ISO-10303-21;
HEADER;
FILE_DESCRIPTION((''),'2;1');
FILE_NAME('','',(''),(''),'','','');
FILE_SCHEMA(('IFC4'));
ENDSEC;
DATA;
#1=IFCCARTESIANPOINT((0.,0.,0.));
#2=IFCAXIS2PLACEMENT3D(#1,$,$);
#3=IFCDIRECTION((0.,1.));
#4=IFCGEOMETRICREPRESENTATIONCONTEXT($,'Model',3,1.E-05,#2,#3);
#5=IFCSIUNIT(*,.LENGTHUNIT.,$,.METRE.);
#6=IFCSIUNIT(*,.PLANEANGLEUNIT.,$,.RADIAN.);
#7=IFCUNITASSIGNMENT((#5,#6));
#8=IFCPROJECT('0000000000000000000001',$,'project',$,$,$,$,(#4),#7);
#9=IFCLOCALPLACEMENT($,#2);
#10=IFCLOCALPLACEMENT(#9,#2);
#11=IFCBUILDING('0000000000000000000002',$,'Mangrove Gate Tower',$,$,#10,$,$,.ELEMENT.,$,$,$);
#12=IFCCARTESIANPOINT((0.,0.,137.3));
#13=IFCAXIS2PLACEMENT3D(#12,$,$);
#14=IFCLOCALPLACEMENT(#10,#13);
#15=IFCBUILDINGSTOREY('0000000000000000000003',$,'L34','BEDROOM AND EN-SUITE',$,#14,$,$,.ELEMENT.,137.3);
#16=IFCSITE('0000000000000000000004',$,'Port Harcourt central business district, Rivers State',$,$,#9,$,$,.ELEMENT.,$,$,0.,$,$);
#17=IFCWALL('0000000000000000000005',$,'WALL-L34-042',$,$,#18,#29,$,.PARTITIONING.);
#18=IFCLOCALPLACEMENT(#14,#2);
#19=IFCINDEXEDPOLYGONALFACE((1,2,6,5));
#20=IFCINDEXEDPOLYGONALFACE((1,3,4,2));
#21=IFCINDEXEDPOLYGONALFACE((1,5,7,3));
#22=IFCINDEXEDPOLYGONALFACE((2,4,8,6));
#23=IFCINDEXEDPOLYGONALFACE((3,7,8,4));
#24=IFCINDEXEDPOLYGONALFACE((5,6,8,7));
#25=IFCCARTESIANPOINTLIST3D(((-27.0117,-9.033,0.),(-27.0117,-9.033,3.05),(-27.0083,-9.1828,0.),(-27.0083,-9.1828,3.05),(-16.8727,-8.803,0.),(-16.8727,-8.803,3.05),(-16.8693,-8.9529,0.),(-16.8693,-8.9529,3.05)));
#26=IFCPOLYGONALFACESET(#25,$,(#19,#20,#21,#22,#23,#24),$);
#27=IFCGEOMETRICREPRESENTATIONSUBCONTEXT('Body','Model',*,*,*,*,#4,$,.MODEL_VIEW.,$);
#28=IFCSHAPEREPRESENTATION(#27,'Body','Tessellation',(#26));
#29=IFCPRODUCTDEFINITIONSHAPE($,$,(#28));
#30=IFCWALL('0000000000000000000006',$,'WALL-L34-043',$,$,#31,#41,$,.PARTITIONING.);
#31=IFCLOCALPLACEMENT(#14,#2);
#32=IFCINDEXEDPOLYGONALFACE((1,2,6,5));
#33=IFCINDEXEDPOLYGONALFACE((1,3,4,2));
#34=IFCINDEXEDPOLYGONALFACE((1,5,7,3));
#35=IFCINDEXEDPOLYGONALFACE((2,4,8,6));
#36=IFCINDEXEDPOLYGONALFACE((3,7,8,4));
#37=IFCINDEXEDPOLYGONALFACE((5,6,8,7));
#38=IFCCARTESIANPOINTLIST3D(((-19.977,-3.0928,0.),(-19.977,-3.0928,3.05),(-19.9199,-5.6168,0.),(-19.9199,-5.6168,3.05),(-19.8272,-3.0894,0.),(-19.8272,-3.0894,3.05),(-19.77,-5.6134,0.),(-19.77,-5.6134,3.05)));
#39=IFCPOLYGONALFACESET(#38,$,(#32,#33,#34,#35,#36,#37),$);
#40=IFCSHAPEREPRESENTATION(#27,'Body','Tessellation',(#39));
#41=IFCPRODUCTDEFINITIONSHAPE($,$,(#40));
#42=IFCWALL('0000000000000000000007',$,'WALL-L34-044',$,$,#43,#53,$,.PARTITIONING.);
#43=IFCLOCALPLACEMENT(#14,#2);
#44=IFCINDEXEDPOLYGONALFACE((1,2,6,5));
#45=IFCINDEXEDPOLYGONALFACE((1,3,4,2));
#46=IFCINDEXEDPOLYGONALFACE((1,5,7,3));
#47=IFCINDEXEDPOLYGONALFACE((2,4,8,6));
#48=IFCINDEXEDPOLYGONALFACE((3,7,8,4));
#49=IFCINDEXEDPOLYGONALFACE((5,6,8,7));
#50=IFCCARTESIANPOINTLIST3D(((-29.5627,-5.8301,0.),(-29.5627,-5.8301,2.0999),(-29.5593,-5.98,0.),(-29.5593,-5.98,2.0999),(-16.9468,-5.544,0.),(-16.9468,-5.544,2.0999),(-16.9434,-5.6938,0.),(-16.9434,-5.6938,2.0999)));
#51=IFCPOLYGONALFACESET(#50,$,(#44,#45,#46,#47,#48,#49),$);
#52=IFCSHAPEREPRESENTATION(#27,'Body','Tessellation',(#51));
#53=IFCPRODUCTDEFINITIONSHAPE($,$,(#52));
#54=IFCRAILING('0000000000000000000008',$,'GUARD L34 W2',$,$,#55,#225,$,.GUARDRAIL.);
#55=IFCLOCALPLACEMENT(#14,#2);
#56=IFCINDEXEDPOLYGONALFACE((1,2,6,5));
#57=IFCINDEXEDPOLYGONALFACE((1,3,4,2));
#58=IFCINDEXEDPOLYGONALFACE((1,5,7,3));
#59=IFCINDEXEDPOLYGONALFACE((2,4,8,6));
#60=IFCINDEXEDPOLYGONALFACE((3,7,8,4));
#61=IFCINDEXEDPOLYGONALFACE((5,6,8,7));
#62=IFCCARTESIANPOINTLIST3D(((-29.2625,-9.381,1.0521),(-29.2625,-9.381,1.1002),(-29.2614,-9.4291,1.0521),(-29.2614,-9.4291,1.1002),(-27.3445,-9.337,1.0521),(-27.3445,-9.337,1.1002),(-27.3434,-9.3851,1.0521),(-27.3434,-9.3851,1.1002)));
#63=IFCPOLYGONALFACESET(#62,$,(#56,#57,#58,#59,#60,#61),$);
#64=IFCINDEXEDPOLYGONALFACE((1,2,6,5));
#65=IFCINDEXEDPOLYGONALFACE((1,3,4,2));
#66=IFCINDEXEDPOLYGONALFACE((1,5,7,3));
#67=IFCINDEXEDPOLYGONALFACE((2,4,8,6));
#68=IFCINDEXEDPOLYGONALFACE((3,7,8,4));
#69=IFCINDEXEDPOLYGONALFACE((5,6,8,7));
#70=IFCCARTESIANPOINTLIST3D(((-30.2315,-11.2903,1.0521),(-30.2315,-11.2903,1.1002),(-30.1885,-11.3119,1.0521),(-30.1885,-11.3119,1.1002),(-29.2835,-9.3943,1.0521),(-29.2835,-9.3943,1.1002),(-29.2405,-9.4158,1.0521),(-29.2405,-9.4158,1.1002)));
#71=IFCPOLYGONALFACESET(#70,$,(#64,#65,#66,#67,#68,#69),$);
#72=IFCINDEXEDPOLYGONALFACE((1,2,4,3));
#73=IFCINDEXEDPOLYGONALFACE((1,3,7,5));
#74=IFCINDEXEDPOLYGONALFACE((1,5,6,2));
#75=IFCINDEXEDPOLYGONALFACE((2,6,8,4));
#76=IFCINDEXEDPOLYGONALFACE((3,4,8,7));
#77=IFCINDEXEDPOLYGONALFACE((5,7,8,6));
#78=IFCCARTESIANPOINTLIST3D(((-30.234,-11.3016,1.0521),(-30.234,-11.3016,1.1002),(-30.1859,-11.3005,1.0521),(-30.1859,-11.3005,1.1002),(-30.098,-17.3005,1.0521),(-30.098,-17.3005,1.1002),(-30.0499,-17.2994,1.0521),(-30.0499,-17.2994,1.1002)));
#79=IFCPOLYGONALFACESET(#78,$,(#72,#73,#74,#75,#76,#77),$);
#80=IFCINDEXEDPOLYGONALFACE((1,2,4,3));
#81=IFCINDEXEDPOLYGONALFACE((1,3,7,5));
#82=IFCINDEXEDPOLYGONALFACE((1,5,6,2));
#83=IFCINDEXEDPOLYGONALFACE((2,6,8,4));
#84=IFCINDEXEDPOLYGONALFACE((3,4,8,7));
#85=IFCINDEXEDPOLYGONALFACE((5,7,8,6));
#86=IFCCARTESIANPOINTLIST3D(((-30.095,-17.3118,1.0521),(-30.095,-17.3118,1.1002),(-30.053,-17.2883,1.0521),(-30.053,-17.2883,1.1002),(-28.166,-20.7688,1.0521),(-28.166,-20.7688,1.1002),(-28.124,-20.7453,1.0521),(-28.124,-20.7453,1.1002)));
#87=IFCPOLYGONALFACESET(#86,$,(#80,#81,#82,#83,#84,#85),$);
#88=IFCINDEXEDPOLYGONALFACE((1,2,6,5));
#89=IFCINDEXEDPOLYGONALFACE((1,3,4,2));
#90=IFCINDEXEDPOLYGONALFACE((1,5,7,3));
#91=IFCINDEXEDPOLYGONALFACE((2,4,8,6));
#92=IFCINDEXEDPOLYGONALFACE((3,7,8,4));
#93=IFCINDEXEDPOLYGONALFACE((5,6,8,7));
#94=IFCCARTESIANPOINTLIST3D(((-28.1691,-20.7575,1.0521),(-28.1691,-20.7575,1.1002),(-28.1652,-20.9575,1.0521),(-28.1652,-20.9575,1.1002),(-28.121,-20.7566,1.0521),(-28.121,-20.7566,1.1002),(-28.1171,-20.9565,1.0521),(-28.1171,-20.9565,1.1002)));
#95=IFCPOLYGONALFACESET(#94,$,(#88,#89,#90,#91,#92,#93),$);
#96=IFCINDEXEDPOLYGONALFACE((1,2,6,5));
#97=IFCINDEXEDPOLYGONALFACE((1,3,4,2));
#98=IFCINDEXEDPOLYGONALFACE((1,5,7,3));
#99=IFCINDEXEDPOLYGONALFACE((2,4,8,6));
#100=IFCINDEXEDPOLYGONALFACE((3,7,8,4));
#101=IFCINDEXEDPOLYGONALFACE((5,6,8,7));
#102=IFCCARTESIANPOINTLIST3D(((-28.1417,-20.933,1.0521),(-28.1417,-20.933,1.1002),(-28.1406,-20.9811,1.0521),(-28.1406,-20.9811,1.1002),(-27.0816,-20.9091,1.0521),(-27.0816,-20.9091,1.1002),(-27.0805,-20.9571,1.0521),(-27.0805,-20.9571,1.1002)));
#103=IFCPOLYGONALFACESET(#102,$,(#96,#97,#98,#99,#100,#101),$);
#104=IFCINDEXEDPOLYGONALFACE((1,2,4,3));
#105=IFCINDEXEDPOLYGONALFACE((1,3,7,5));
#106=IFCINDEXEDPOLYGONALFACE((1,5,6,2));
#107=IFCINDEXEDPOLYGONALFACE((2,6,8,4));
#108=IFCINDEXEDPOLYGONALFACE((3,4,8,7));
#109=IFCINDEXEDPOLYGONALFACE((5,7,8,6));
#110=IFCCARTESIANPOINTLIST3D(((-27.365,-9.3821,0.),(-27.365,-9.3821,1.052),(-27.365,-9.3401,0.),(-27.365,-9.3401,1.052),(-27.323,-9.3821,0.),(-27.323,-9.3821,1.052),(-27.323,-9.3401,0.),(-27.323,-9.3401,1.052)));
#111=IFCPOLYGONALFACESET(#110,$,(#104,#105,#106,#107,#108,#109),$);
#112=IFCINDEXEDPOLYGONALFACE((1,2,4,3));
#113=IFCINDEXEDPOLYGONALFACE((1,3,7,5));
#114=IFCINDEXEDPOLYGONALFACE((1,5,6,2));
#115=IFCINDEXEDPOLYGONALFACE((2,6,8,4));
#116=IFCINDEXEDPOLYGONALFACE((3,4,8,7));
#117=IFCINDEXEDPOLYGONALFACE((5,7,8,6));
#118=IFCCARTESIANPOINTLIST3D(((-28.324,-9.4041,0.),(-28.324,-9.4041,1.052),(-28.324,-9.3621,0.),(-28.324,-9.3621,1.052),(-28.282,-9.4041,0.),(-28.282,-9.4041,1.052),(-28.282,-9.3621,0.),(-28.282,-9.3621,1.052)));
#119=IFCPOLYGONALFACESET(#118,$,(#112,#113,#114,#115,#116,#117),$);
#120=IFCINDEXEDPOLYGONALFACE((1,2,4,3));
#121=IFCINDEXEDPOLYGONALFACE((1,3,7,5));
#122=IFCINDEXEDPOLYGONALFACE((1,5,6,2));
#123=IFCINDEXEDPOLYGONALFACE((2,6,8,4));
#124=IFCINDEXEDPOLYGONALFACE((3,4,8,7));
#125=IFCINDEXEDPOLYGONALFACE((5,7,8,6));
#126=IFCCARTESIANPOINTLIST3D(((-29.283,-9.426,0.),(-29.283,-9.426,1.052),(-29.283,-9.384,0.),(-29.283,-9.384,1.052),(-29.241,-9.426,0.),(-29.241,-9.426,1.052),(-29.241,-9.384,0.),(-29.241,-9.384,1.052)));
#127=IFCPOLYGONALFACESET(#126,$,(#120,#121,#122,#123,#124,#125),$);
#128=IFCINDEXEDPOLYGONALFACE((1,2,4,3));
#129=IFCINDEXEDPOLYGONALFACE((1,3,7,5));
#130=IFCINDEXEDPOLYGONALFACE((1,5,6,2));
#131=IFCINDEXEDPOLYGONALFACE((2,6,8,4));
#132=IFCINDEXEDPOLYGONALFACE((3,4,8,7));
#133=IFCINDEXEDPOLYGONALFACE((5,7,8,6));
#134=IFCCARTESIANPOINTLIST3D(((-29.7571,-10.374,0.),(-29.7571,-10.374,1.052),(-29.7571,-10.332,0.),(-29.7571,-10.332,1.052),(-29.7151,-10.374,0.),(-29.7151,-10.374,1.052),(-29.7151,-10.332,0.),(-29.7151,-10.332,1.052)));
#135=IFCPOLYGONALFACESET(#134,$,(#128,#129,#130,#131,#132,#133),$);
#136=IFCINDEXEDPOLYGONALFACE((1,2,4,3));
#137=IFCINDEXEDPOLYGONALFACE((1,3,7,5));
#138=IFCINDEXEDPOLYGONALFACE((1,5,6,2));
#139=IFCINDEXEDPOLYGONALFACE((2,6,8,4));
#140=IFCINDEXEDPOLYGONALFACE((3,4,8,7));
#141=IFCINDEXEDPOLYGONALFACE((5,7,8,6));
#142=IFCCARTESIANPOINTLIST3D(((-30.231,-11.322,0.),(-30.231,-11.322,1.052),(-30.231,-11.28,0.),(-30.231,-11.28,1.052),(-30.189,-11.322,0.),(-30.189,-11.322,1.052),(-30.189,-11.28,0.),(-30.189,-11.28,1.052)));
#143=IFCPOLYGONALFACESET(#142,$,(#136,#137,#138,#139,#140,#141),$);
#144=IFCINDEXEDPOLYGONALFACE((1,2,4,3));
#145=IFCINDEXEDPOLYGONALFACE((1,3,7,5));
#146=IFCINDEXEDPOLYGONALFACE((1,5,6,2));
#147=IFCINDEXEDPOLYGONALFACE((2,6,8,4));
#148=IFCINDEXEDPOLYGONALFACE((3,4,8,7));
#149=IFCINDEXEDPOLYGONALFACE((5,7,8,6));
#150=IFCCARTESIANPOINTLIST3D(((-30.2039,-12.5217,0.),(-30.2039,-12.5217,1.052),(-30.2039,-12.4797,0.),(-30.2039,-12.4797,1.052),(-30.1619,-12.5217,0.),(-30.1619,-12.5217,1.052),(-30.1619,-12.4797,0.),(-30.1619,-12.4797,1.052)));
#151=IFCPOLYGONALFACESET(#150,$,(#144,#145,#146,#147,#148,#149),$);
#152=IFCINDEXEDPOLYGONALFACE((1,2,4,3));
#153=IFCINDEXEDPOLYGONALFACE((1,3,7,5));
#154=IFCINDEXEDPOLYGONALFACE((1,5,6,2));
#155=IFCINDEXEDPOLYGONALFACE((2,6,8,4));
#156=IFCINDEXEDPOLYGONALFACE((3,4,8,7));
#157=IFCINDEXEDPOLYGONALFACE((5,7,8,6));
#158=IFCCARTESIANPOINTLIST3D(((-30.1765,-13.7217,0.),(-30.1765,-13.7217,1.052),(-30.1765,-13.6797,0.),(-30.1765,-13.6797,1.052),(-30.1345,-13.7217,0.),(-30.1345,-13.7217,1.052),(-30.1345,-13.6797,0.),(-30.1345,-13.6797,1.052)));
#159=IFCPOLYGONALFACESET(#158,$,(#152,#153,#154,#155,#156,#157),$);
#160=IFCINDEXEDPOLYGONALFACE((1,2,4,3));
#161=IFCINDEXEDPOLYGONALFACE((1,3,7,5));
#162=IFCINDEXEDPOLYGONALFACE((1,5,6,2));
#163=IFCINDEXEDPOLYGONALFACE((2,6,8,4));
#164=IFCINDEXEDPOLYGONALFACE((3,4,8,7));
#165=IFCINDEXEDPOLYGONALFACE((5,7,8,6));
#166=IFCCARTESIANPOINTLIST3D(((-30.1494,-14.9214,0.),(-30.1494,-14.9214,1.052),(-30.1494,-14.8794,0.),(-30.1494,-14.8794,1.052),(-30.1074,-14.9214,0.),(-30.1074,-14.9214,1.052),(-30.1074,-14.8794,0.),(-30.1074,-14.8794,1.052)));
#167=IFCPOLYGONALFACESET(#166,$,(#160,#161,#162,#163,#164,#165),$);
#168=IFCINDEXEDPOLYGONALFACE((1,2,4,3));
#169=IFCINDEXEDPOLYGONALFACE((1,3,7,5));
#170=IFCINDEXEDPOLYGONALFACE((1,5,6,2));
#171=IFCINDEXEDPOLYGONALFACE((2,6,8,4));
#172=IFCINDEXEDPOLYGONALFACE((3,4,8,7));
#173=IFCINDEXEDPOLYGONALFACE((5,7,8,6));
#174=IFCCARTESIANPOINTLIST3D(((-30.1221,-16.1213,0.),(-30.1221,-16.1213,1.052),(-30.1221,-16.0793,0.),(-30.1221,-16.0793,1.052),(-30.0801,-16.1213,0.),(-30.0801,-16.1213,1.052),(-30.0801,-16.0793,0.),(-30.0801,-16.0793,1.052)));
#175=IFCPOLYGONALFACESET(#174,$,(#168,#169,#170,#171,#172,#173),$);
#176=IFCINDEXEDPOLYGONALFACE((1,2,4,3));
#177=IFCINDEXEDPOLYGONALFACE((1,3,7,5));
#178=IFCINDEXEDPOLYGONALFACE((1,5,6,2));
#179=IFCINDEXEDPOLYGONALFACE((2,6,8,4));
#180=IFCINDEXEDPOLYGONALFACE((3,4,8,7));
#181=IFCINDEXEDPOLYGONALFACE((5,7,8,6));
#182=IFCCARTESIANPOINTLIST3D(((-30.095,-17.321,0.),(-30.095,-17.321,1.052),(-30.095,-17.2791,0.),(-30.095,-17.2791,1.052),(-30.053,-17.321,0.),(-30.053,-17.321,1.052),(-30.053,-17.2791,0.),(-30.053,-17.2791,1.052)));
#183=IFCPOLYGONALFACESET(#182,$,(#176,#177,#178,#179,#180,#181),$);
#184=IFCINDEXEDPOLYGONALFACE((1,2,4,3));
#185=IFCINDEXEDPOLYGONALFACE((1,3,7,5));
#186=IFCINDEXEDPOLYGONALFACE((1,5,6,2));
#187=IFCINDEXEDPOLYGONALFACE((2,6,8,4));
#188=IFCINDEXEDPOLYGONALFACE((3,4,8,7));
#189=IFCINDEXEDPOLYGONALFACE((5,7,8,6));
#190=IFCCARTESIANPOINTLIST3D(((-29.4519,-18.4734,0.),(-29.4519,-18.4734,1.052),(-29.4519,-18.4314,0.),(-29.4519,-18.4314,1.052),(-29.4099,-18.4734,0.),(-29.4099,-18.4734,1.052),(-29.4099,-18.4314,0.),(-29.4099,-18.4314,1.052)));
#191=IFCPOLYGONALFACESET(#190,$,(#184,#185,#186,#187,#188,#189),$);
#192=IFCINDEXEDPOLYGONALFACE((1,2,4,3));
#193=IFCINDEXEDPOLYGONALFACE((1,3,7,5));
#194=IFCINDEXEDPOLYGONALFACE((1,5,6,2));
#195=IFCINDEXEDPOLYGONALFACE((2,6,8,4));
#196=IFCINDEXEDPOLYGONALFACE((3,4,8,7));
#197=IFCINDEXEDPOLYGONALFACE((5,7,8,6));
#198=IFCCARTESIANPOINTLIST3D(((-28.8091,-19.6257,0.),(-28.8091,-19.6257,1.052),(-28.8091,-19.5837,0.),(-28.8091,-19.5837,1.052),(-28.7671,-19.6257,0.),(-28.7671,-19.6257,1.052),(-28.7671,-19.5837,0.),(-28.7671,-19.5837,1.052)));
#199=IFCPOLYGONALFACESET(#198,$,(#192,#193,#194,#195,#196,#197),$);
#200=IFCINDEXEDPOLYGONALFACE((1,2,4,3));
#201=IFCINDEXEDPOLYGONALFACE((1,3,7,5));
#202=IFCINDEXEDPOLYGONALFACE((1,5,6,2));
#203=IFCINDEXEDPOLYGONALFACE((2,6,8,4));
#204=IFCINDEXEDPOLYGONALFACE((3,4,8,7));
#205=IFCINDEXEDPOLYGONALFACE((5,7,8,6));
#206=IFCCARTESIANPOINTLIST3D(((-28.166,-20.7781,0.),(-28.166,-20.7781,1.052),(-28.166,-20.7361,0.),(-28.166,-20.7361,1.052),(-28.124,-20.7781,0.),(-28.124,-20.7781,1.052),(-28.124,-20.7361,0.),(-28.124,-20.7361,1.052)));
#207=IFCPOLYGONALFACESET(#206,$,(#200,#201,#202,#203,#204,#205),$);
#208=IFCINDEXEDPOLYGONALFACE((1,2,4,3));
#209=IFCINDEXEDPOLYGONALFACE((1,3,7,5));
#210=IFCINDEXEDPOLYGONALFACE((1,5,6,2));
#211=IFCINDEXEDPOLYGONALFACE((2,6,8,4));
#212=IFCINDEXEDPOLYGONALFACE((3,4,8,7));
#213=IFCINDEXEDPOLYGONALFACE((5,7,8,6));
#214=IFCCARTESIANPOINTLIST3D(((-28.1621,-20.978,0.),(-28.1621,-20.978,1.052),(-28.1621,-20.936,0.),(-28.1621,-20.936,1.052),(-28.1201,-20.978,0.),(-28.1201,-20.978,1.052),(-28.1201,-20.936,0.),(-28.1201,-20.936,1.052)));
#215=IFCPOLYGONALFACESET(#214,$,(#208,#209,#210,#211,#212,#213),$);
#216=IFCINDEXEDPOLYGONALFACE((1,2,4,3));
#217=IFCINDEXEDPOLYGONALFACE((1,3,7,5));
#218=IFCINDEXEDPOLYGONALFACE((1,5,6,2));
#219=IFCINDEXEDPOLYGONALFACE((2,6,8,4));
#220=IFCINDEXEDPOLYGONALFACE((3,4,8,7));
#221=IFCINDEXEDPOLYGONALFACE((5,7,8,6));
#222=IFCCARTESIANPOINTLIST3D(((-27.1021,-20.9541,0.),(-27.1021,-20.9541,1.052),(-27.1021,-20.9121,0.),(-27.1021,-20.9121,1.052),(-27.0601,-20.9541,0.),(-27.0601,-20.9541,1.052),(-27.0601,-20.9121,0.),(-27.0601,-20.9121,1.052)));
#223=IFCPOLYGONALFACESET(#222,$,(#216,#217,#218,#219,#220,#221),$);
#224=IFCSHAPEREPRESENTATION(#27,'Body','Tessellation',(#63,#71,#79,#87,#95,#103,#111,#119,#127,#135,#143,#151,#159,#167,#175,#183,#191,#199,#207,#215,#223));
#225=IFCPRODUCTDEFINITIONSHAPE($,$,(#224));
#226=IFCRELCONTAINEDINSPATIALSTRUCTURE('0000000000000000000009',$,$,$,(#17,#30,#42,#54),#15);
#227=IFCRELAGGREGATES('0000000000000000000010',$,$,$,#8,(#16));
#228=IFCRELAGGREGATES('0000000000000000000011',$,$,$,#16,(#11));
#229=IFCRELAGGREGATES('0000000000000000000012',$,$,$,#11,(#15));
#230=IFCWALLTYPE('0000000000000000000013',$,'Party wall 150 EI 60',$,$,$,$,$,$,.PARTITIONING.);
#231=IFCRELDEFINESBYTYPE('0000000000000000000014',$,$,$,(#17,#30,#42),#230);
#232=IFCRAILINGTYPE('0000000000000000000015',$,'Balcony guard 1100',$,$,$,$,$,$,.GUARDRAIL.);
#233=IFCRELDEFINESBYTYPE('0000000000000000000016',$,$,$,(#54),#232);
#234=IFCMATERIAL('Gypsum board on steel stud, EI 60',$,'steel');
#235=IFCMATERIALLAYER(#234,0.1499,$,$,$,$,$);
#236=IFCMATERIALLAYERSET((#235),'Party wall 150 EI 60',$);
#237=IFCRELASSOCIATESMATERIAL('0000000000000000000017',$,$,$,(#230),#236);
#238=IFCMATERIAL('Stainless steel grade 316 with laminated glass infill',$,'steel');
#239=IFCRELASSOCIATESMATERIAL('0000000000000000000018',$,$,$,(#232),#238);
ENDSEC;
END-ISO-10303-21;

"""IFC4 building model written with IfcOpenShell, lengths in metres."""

from ifc_helpers import new_model, si_unit, direction, frame, frame_2d, origin, origin_2d, place, context, subcontext, project, spatial, rectangle, extrude, material, layer, layer_set, type_object, element, save


model = new_model("IFC4")

# Units and contexts
model_context = context("Model", 3, precision=1e-05, world=origin(), true_north=direction((0.0, 1.0)))
body_context = subcontext(model_context, "Body", "Model", "MODEL_VIEW")
ifc_project = project(units=[si_unit("LENGTHUNIT", "METRE"), si_unit("PLANEANGLEUNIT", "RADIAN")], contexts=[model_context])

# Site, building, storey
site_placement = place(None, origin())
site = spatial("IfcSite", under=ifc_project, at=site_placement, Name="Port Harcourt central business district, Rivers State", CompositionType="ELEMENT", RefElevation=0.0)
building_placement = place(site_placement, origin())
building = spatial("IfcBuilding", under=site, at=building_placement, Name="Mangrove Gate Tower", CompositionType="ELEMENT")
storey_placement = place(building_placement, frame((0.0, 0.0, 137.3)))
storey = spatial("IfcBuildingStorey", under=building, at=storey_placement, Name="L34", Description="BEDROOM AND EN-SUITE", CompositionType="ELEMENT", Elevation=137.3)

# Walls
ifc_material_1 = material(Name="Gypsum board on steel stud, EI 60", Category="steel")
ifc_layer_1 = layer(ifc_material_1, 0.1499)
ifc_layer_set_1 = layer_set([ifc_layer_1], Name="Party wall 150 EI 60")
wall_type_1 = type_object("IfcWallType", Name="Party wall 150 EI 60", PredefinedType="PARTITIONING", material=ifc_layer_set_1)
wall_1_placement = place(storey_placement, frame((-27.01, -9.1079, 0.0), z_axis=(0.0, 0.0, 1.0), x_axis=(0.999743, 0.022677, 0.0)))
element("IfcWall", 1, at=wall_1_placement, inside=storey, type_object=wall_type_1, Name="WALL-L34-042", PredefinedType="PARTITIONING", context=body_context, shape_type="SweptSolid", body=[
    extrude(rectangle(XDim=10.1416, YDim=0.1499, at=frame_2d((5.0708, 0.0))), origin(), (0.0, 0.0, 1.0), 3.05),
])
wall_2_placement = place(storey_placement, frame((-19.845, -5.615, 0.0), z_axis=(0.0, 0.0, 1.0), x_axis=(-0.022629, 0.999744, 0.0)))
element("IfcWall", 2, at=wall_2_placement, inside=storey, type_object=wall_type_1, Name="WALL-L34-043", PredefinedType="PARTITIONING", context=body_context, shape_type="SweptSolid", body=[
    extrude(rectangle(XDim=2.5247, YDim=0.1499, at=frame_2d((1.2622, 0.0))), origin(), (0.0, 0.0, 1.0), 3.05),
])
wall_3_placement = place(storey_placement, frame((-29.561, -5.905, 0.0), z_axis=(0.0, 0.0, 1.0), x_axis=(0.999743, 0.022674, 0.0)))
element("IfcWall", 3, at=wall_3_placement, inside=storey, type_object=wall_type_1, Name="WALL-L34-044", PredefinedType="PARTITIONING", context=body_context, shape_type="SweptSolid", body=[
    extrude(rectangle(XDim=12.6191, YDim=0.1499, at=frame_2d((6.3096, 0.0))), origin(), (0.0, 0.0, 1.0), 2.0999),
])

# Railing
ifc_material_2 = material(Name="Stainless steel grade 316 with laminated glass infill", Category="steel")
railing_type = type_object("IfcRailingType", Name="Balcony guard 1100", PredefinedType="GUARDRAIL", material=ifc_material_2)
railing_placement = place(storey_placement, frame((-27.344, -9.3611, 0.0)))
element("IfcRailing", 4, at=railing_placement, inside=storey, type_object=railing_type, Name="GUARD L34 W2", PredefinedType="GUARDRAIL", context=body_context, shape_type="SweptSolid", body=[
    extrude(rectangle(XDim=0.0481, YDim=0.0481, at=origin_2d()), frame((0.0, 0.0, 1.0762), z_axis=(-0.999738, -0.022906, 0.0), x_axis=(0.022906, -0.999738, 0.0)), (0.0, 0.0, 1.0), 1.9185),
    extrude(rectangle(XDim=0.0481, YDim=0.0481, at=origin_2d()), frame((-1.918, -0.0439, 1.0762), z_axis=(-0.447214, -0.894427, 0.0), x_axis=(0.894427, -0.447214, 0.0)), (0.0, 0.0, 1.0), 2.1199),
    extrude(rectangle(XDim=0.0481, YDim=0.0481, at=origin_2d()), frame((-2.866, -1.9399, 1.0762), z_axis=(0.022662, -0.999743, 0.0), x_axis=(0.999743, 0.022662, 0.0)), (0.0, 0.0, 1.0), 6.0005),
    extrude(rectangle(XDim=0.0481, YDim=0.0481, at=origin_2d()), frame((-2.73, -7.939, 1.0762), z_axis=(0.48726, -0.873257, 0.0), x_axis=(0.873257, 0.48726, 0.0)), (0.0, 0.0, 1.0), 3.9587),
    extrude(rectangle(XDim=0.0481, YDim=0.0481, at=origin_2d()), frame((-0.801, -11.396, 1.0762), z_axis=(0.019532, -0.999809, 0.0), x_axis=(0.999809, 0.019532, 0.0)), (0.0, 0.0, 1.0), 0.2),
    extrude(rectangle(XDim=0.0481, YDim=0.0481, at=origin_2d()), frame((-0.7971, -11.5959, 1.0762), z_axis=(0.999745, 0.022564, 0.0), x_axis=(-0.022564, 0.999745, 0.0)), (0.0, 0.0, 1.0), 1.0603),
    extrude(rectangle(XDim=0.042, YDim=0.042, at=origin_2d()), origin(), (0.0, 0.0, 1.0), 1.052),
    extrude(rectangle(XDim=0.042, YDim=0.042, at=origin_2d()), frame((-0.959, -0.022, 0.0)), (0.0, 0.0, 1.0), 1.052),
    extrude(rectangle(XDim=0.042, YDim=0.042, at=origin_2d()), frame((-1.918, -0.0439, 0.0)), (0.0, 0.0, 1.0), 1.052),
    extrude(rectangle(XDim=0.042, YDim=0.042, at=origin_2d()), frame((-2.3921, -0.9919, 0.0)), (0.0, 0.0, 1.0), 1.052),
    extrude(rectangle(XDim=0.042, YDim=0.042, at=origin_2d()), frame((-2.866, -1.9399, 0.0)), (0.0, 0.0, 1.0), 1.052),
    extrude(rectangle(XDim=0.042, YDim=0.042, at=origin_2d()), frame((-2.8389, -3.1396, 0.0)), (0.0, 0.0, 1.0), 1.052),
    extrude(rectangle(XDim=0.042, YDim=0.042, at=origin_2d()), frame((-2.8115, -4.3396, 0.0)), (0.0, 0.0, 1.0), 1.052),
    extrude(rectangle(XDim=0.042, YDim=0.042, at=origin_2d()), frame((-2.7844, -5.5393, 0.0)), (0.0, 0.0, 1.0), 1.052),
    extrude(rectangle(XDim=0.042, YDim=0.042, at=origin_2d()), frame((-2.7571, -6.7393, 0.0)), (0.0, 0.0, 1.0), 1.052),
    extrude(rectangle(XDim=0.042, YDim=0.042, at=origin_2d()), frame((-2.73, -7.939, 0.0)), (0.0, 0.0, 1.0), 1.052),
    extrude(rectangle(XDim=0.042, YDim=0.042, at=origin_2d()), frame((-2.0869, -9.0913, 0.0)), (0.0, 0.0, 1.0), 1.052),
    extrude(rectangle(XDim=0.042, YDim=0.042, at=origin_2d()), frame((-1.4441, -10.2437, 0.0)), (0.0, 0.0, 1.0), 1.052),
    extrude(rectangle(XDim=0.042, YDim=0.042, at=origin_2d()), frame((-0.801, -11.396, 0.0)), (0.0, 0.0, 1.0), 1.052),
    extrude(rectangle(XDim=0.042, YDim=0.042, at=origin_2d()), frame((-0.7971, -11.5959, 0.0)), (0.0, 0.0, 1.0), 1.052),
    extrude(rectangle(XDim=0.042, YDim=0.042, at=origin_2d()), frame((0.2629, -11.572, 0.0)), (0.0, 0.0, 1.0), 1.052),
])

save(model, "model.ifc")
